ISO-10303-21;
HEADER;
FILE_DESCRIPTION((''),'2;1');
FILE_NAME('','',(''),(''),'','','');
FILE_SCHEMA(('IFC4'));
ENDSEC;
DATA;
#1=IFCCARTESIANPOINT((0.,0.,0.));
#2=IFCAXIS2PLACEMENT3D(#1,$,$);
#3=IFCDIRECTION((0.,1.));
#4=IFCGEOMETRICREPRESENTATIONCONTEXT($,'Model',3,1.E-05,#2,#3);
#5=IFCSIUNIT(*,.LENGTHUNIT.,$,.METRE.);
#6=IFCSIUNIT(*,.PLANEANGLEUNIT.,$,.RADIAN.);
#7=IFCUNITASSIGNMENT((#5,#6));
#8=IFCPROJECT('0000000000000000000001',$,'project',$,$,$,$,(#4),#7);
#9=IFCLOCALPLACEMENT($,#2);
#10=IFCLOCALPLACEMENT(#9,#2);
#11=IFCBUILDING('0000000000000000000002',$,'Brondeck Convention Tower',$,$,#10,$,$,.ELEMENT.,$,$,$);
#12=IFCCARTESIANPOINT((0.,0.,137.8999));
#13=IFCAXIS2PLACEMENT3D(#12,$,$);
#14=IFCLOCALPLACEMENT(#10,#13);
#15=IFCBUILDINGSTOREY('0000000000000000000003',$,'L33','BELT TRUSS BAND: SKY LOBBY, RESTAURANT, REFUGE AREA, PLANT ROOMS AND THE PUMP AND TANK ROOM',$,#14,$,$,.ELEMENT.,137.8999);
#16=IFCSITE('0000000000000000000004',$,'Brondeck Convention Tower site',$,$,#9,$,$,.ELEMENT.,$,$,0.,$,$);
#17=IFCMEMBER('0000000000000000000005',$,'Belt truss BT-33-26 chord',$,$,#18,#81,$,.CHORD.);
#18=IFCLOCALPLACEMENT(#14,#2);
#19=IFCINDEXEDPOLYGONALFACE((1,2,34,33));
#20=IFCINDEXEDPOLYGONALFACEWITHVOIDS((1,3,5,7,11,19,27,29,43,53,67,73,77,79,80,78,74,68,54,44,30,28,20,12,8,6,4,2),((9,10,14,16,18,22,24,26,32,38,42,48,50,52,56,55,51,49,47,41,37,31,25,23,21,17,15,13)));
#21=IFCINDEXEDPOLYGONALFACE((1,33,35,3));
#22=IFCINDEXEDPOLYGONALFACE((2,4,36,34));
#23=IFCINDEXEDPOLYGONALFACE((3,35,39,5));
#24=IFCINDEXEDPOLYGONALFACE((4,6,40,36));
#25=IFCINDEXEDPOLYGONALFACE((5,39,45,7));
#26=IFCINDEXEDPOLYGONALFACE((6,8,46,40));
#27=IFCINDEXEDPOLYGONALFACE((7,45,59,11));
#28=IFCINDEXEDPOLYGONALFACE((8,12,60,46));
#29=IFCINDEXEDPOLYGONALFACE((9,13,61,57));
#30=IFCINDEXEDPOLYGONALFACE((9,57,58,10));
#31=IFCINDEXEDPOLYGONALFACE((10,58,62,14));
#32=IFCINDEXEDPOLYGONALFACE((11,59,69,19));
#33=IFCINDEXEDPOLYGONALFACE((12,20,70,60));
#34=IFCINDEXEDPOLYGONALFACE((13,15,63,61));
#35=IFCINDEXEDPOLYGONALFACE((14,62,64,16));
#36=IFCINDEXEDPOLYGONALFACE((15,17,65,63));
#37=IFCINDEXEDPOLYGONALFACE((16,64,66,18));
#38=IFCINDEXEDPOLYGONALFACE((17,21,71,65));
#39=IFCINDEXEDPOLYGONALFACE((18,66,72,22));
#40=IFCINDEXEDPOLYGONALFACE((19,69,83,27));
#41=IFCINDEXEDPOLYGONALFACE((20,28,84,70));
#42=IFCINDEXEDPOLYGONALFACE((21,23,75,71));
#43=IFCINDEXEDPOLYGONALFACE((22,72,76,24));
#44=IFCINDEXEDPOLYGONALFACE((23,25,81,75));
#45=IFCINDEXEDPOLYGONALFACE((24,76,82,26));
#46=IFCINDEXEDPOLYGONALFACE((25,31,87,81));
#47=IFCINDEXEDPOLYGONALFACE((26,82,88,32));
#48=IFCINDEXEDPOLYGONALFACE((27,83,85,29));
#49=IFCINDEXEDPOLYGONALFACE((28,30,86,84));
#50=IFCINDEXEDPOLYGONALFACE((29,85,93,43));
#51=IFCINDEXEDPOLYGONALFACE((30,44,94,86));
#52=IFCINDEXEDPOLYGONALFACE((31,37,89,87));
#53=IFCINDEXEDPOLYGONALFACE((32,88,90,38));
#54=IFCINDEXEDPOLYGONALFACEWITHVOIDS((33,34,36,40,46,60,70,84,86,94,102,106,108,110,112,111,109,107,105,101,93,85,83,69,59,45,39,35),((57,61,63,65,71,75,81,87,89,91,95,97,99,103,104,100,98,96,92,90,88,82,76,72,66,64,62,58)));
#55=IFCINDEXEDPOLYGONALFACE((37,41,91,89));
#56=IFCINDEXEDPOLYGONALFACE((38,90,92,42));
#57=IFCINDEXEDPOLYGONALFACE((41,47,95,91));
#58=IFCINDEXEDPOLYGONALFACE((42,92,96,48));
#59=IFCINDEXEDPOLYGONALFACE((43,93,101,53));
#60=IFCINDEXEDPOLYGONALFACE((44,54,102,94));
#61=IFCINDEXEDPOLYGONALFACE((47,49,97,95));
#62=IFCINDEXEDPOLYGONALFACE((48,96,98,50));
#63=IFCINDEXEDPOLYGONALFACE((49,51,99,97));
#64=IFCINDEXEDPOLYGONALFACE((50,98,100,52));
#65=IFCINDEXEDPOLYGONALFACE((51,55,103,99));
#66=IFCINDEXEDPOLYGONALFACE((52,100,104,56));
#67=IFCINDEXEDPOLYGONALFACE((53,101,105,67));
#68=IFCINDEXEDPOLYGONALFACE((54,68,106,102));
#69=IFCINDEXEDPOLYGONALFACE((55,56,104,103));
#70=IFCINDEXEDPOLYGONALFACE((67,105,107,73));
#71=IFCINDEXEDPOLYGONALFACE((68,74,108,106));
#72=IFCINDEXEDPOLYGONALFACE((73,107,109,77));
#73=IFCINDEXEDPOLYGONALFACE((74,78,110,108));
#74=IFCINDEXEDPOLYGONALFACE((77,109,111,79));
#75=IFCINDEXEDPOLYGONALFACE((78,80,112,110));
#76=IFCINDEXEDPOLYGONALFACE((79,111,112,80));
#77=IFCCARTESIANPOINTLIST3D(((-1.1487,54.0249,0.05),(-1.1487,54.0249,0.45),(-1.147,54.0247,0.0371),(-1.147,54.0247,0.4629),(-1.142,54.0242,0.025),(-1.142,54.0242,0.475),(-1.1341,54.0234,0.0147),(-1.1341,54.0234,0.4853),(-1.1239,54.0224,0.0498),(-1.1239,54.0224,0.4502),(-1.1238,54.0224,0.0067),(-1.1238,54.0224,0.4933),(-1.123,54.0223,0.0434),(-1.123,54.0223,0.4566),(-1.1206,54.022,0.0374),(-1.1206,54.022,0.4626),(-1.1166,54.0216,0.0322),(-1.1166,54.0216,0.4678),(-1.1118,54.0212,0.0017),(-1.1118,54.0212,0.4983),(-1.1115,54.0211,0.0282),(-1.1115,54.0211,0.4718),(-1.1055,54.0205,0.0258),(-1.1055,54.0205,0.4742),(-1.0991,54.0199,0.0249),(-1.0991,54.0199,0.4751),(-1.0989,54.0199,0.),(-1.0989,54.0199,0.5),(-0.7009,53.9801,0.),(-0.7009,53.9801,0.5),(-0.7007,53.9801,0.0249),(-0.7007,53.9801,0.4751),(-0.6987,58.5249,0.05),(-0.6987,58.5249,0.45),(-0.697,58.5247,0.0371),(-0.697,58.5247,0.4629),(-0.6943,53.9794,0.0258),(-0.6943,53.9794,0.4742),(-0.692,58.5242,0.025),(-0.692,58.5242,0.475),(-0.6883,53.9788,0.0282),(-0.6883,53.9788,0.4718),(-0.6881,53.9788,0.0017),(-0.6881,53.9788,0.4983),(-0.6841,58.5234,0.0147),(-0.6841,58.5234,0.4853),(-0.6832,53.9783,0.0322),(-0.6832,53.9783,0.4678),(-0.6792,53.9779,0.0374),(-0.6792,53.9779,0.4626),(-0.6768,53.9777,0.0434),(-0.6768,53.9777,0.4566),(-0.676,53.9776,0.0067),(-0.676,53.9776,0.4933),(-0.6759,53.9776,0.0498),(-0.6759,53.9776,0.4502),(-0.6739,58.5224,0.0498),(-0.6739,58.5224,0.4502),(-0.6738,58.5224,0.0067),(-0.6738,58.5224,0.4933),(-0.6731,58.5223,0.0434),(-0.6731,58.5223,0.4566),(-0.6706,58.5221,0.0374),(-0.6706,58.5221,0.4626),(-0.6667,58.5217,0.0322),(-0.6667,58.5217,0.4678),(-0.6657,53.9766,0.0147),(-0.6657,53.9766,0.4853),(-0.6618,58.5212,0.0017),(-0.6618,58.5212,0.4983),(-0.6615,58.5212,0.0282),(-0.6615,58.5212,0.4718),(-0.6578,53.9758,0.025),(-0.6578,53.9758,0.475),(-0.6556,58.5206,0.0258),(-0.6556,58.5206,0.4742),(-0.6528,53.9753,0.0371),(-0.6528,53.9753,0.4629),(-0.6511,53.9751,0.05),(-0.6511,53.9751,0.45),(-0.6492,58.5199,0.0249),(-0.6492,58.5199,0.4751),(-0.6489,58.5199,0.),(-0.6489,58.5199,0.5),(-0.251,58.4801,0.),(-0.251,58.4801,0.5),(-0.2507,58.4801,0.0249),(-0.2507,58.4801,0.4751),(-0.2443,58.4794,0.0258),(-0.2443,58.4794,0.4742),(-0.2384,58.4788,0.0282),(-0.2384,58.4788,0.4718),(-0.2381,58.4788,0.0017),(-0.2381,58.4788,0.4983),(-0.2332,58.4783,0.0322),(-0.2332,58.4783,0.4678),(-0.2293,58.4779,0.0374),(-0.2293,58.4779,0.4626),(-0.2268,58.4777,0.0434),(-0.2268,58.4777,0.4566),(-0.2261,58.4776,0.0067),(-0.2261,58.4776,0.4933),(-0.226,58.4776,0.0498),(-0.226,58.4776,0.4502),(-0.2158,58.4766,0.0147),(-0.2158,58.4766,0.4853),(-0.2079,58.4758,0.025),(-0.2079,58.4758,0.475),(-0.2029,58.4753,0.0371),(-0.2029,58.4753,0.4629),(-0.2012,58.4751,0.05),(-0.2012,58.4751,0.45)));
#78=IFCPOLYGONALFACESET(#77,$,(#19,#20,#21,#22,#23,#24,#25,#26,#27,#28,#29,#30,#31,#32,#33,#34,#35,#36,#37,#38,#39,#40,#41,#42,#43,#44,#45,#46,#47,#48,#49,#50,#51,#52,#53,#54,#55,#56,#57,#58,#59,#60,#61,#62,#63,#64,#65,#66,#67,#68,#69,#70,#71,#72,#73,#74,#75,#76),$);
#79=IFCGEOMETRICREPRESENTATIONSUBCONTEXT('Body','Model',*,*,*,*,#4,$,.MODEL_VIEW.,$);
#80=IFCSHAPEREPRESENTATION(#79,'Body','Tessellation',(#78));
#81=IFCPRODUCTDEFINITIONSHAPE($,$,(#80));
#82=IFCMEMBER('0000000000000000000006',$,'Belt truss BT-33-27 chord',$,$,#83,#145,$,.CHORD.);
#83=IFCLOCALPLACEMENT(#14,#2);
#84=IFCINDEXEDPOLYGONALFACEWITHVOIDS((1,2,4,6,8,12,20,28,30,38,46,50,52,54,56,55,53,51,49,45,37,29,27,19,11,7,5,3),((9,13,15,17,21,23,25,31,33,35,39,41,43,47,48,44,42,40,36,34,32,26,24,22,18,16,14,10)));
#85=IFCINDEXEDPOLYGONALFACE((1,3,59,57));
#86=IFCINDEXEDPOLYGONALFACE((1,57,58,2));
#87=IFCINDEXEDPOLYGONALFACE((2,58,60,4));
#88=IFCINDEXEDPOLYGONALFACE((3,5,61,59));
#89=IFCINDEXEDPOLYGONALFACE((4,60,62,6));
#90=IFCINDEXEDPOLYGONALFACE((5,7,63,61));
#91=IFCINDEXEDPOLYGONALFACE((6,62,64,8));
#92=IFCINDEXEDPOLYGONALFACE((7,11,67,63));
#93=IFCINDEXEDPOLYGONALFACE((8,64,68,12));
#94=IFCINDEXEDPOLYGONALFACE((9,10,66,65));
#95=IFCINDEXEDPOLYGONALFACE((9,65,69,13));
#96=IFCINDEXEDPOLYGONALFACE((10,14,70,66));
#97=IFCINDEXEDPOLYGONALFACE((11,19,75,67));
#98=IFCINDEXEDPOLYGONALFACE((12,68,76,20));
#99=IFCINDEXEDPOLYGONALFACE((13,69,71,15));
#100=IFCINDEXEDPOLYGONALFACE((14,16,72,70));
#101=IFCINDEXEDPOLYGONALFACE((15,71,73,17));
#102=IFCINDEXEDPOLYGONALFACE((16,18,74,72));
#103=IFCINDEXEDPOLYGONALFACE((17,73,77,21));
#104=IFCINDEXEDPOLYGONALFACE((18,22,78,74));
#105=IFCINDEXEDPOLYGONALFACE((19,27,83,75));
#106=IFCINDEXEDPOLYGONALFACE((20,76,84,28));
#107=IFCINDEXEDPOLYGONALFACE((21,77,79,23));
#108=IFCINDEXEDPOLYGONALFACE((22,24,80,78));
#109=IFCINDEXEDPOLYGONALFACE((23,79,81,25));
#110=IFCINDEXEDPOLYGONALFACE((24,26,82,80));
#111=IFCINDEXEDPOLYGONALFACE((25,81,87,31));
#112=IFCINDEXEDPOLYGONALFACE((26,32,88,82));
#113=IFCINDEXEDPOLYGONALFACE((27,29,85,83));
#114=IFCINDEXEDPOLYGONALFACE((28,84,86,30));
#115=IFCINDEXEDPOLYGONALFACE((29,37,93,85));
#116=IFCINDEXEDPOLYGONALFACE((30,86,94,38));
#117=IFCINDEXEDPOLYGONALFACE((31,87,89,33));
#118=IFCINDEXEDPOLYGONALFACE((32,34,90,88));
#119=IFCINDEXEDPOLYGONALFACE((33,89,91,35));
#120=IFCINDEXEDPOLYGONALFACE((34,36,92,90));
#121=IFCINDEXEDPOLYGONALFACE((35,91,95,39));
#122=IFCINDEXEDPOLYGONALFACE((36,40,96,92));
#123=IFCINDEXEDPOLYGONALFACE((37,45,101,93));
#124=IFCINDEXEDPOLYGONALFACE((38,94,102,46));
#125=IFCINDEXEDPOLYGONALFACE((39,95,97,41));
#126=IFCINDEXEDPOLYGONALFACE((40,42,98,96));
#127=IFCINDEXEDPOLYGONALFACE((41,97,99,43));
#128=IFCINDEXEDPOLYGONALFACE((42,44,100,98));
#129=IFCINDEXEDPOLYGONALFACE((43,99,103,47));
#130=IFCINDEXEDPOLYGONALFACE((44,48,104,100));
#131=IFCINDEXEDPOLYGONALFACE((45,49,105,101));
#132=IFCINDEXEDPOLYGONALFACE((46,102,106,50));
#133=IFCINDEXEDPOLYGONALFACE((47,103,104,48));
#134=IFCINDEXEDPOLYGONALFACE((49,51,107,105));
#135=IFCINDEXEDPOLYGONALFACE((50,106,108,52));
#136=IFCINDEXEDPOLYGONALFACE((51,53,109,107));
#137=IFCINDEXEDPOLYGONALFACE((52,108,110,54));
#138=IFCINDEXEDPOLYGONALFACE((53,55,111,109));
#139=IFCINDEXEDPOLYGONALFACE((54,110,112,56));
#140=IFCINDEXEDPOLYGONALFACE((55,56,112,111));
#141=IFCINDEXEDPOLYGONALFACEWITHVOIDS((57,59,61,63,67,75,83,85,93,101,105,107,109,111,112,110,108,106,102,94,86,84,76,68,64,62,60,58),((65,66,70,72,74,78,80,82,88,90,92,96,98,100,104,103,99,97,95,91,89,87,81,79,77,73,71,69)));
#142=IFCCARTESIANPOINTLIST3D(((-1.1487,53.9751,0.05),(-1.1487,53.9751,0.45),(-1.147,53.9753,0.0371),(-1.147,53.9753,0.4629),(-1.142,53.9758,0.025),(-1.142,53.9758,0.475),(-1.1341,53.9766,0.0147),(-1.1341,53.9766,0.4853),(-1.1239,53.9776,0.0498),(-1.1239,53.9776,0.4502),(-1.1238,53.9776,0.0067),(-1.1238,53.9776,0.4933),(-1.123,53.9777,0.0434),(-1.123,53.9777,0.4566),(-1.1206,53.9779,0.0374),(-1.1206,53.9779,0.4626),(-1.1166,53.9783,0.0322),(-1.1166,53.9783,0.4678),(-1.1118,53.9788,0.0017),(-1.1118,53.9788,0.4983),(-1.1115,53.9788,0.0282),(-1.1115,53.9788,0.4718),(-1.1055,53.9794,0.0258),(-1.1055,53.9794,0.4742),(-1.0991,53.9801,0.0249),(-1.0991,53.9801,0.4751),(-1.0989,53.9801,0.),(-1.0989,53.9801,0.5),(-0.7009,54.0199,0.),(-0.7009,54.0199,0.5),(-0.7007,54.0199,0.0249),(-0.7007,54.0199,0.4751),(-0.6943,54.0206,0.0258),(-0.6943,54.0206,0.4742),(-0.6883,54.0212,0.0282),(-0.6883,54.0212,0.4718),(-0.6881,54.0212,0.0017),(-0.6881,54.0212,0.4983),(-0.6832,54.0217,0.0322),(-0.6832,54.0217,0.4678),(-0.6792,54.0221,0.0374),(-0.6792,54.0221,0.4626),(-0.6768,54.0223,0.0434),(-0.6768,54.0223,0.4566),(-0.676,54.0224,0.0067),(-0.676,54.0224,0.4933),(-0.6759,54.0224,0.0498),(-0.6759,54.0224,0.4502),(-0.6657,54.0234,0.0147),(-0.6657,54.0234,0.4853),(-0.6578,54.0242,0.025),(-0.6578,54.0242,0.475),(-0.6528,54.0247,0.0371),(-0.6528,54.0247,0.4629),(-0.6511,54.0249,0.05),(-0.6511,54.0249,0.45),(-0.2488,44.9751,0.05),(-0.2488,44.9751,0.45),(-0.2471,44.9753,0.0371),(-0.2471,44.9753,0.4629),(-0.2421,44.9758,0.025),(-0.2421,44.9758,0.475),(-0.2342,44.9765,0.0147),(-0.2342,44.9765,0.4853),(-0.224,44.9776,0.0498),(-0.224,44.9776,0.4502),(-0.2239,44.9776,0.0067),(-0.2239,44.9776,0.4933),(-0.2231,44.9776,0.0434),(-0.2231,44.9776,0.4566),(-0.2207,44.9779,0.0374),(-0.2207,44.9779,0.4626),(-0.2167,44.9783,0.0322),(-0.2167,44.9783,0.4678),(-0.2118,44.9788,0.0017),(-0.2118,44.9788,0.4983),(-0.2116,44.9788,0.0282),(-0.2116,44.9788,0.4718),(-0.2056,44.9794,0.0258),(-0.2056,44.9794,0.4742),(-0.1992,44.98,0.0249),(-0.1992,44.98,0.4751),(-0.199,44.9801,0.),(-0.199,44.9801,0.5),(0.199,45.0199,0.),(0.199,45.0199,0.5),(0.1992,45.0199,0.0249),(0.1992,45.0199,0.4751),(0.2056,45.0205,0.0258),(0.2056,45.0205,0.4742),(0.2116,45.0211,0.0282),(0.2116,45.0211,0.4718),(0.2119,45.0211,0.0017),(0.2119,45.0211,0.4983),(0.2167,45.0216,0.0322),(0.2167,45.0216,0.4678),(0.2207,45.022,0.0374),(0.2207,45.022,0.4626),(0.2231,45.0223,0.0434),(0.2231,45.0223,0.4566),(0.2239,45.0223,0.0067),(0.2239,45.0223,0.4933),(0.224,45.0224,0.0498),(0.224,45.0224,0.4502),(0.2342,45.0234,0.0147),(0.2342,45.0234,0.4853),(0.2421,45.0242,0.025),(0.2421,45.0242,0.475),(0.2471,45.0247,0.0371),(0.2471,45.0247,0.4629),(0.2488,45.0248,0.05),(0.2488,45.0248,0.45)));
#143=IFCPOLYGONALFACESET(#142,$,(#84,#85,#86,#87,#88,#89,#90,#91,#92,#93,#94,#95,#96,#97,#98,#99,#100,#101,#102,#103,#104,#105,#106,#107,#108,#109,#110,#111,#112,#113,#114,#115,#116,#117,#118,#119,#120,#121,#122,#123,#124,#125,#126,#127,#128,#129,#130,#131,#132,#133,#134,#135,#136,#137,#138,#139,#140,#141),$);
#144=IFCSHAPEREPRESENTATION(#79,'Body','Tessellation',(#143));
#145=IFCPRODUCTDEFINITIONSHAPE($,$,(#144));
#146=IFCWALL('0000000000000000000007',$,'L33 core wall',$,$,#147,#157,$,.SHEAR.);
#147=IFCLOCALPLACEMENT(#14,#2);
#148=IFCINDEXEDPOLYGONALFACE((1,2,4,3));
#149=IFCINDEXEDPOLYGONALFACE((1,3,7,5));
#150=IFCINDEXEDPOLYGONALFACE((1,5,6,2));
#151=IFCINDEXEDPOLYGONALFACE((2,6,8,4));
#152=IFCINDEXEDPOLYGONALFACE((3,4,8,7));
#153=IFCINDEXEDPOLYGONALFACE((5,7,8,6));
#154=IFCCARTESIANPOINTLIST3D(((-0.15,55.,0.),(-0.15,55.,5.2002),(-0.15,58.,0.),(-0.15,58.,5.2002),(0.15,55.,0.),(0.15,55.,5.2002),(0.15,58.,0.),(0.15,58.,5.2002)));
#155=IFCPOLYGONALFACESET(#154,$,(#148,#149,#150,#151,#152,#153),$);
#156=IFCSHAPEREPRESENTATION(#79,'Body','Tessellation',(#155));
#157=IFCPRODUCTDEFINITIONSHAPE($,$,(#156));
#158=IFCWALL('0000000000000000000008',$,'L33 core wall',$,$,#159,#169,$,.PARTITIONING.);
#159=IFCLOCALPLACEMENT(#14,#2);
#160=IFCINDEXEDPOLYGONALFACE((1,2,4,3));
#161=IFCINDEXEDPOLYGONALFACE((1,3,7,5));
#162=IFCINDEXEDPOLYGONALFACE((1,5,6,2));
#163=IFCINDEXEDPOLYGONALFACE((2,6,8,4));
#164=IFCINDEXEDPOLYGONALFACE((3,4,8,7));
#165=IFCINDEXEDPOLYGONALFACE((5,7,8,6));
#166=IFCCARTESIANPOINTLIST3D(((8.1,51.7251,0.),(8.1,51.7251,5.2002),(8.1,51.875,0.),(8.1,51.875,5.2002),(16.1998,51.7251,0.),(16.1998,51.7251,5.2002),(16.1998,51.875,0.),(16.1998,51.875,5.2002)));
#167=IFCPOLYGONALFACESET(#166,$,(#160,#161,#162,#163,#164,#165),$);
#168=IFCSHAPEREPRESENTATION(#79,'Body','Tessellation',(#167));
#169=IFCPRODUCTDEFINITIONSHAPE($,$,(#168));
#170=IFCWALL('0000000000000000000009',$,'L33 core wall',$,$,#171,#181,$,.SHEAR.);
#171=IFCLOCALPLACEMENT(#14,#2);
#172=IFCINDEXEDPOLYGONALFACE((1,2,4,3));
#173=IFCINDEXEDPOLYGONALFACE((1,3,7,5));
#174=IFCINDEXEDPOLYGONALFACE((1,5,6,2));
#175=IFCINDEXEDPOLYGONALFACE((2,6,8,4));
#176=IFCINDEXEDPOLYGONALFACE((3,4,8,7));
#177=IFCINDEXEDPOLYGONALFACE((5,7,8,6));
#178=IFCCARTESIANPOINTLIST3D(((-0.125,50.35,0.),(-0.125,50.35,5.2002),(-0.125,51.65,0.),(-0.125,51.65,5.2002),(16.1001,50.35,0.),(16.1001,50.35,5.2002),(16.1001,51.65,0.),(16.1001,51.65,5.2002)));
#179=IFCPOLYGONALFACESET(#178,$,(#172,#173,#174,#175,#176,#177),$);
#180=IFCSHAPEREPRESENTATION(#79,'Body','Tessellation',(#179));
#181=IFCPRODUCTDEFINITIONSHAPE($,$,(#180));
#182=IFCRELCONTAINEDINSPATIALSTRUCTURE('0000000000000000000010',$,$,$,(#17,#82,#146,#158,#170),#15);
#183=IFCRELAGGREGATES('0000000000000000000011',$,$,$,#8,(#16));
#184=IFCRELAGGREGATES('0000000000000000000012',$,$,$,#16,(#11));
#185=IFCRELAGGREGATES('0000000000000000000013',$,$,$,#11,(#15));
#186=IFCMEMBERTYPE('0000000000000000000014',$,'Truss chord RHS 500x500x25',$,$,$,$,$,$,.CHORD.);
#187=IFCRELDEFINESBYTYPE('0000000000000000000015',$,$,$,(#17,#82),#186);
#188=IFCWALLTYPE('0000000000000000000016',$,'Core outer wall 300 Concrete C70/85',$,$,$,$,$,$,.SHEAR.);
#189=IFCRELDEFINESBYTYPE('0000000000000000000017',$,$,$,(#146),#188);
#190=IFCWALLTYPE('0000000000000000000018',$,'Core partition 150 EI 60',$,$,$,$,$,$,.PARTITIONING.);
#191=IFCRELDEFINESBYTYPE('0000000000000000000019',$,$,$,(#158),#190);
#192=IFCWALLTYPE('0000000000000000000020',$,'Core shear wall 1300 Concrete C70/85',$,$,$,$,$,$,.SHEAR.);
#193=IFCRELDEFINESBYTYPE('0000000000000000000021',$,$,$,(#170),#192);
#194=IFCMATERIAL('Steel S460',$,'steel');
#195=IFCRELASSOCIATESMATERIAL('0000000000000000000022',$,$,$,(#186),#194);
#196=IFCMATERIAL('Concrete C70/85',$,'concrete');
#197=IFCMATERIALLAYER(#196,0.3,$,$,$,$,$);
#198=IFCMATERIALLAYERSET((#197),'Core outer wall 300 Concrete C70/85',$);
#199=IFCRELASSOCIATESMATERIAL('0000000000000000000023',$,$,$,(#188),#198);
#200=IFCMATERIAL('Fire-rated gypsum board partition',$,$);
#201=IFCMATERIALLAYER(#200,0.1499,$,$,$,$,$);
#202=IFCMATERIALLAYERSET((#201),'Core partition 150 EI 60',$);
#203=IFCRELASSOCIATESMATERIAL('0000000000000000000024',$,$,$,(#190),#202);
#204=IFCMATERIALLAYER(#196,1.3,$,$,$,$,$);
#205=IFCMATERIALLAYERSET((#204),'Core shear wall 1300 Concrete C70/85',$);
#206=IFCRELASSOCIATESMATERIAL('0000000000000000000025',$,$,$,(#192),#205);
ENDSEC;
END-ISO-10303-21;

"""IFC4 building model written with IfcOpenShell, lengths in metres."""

from ifc_helpers import new_model, si_unit, direction, frame, frame_2d, origin, origin_2d, place, context, subcontext, project, spatial, rectangle, hollow_rectangle, extrude, material, layer, layer_set, material_profile, profile_set, type_object, element, save


model = new_model("IFC4")

# Units and contexts
model_context = context("Model", 3, precision=1e-05, world=origin(), true_north=direction((0.0, 1.0)))
body_context = subcontext(model_context, "Body", "Model", "MODEL_VIEW")
ifc_project = project(units=[si_unit("LENGTHUNIT", "METRE"), si_unit("PLANEANGLEUNIT", "RADIAN")], contexts=[model_context])

# Site, building, storey
site_placement = place(None, origin())
site = spatial("IfcSite", under=ifc_project, at=site_placement, Name="Brondeck Convention Tower site", CompositionType="ELEMENT", RefElevation=0.0)
building_placement = place(site_placement, origin())
building = spatial("IfcBuilding", under=site, at=building_placement, Name="Brondeck Convention Tower", CompositionType="ELEMENT")
storey_placement = place(building_placement, frame((0.0, 0.0, 137.8999)))
storey = spatial("IfcBuildingStorey", under=building, at=storey_placement, Name="L33", Description="BELT TRUSS BAND: SKY LOBBY, RESTAURANT, REFUGE AREA, PLANT ROOMS AND THE PUMP AND TANK ROOM", CompositionType="ELEMENT", Elevation=137.8999)

# Shared definitions
ifc_material_1 = material(Name="Concrete C70/85", Category="concrete")

# Shared definitions
ifc_material_2 = material(Name="Steel S460", Category="steel")

# Members
ifc_material_profile_1 = material_profile(ifc_material_2, hollow_rectangle(XDim=0.5, YDim=0.5, WallThickness=0.0249, InnerFilletRadius=0.0249, OuterFilletRadius=0.05, at=origin_2d()), Name="RHS 500x500x25")
ifc_profile_set_1 = profile_set([ifc_material_profile_1], Name="Steel S460")
member_type_1 = type_object("IfcMemberType", Name="Truss chord RHS 500x500x25", PredefinedType="CHORD", material=ifc_profile_set_1)
member_1_placement = place(storey_placement, frame((-0.45, 58.5, 0.25), z_axis=(-0.099493, -0.995038, 0.0), x_axis=(0.995038, -0.099493, 0.0)))
element("IfcMember", 1, at=member_1_placement, inside=storey, type_object=member_type_1, Name="Belt truss BT-33-26 chord", PredefinedType="CHORD", context=body_context, shape_type="SweptSolid", body=[
    extrude(hollow_rectangle(XDim=0.5, YDim=0.5, WallThickness=0.0249, InnerFilletRadius=0.0249, OuterFilletRadius=0.05, at=origin_2d()), origin(), (0.0, 0.0, 1.0), 4.5225),
])
member_2_placement = place(storey_placement, frame((-0.8999, 54.0, 0.25), z_axis=(0.099493, -0.995038, 0.0), x_axis=(0.995038, 0.099493, 0.0)))
element("IfcMember", 2, at=member_2_placement, inside=storey, type_object=member_type_1, Name="Belt truss BT-33-27 chord", PredefinedType="CHORD", context=body_context, shape_type="SweptSolid", body=[
    extrude(hollow_rectangle(XDim=0.5, YDim=0.5, WallThickness=0.0249, InnerFilletRadius=0.0249, OuterFilletRadius=0.05, at=origin_2d()), origin(), (0.0, 0.0, 1.0), 9.0449),
])

# Walls
ifc_layer_1 = layer(ifc_material_1, 0.3)
ifc_layer_set_1 = layer_set([ifc_layer_1], Name="Core outer wall 300 Concrete C70/85")
wall_type_1 = type_object("IfcWallType", Name="Core outer wall 300 Concrete C70/85", PredefinedType="SHEAR", material=ifc_layer_set_1)
wall_1_placement = place(storey_placement, frame((0.0, 55.0, 0.0), z_axis=(0.0, 0.0, 1.0), x_axis=(0.0, 1.0, 0.0)))
element("IfcWall", 3, at=wall_1_placement, inside=storey, type_object=wall_type_1, Name="L33 core wall", PredefinedType="SHEAR", context=body_context, shape_type="SweptSolid", body=[
    extrude(rectangle(XDim=3.0, YDim=0.3, at=frame_2d((1.5, 0.0))), origin(), (0.0, 0.0, 1.0), 5.2002),
])
ifc_material_3 = material(Name="Fire-rated gypsum board partition")
ifc_layer_2 = layer(ifc_material_3, 0.1499)
ifc_layer_set_2 = layer_set([ifc_layer_2], Name="Core partition 150 EI 60")
wall_type_2 = type_object("IfcWallType", Name="Core partition 150 EI 60", PredefinedType="PARTITIONING", material=ifc_layer_set_2)
wall_2_placement = place(storey_placement, frame((8.1001, 51.8, 0.0), z_axis=(0.0, 0.0, 1.0), x_axis=(1.0, 0.0, 0.0)))
element("IfcWall", 4, at=wall_2_placement, inside=storey, type_object=wall_type_2, Name="L33 core wall", PredefinedType="PARTITIONING", context=body_context, shape_type="SweptSolid", body=[
    extrude(rectangle(XDim=8.0999, YDim=0.1499, at=frame_2d((4.0498, 0.0))), origin(), (0.0, 0.0, 1.0), 5.2002),
])
ifc_layer_3 = layer(ifc_material_1, 1.3)
ifc_layer_set_3 = layer_set([ifc_layer_3], Name="Core shear wall 1300 Concrete C70/85")
wall_type_3 = type_object("IfcWallType", Name="Core shear wall 1300 Concrete C70/85", PredefinedType="SHEAR", material=ifc_layer_set_3)
wall_3_placement = place(storey_placement, frame((-0.125, 51.0, 0.0), z_axis=(0.0, 0.0, 1.0), x_axis=(1.0, 0.0, 0.0)))
element("IfcWall", 5, at=wall_3_placement, inside=storey, type_object=wall_type_3, Name="L33 core wall", PredefinedType="SHEAR", context=body_context, shape_type="SweptSolid", body=[
    extrude(rectangle(XDim=16.2251, YDim=1.3, at=frame_2d((8.1125, 0.0))), origin(), (0.0, 0.0, 1.0), 5.2002),
])

save(model, "model.ifc")
